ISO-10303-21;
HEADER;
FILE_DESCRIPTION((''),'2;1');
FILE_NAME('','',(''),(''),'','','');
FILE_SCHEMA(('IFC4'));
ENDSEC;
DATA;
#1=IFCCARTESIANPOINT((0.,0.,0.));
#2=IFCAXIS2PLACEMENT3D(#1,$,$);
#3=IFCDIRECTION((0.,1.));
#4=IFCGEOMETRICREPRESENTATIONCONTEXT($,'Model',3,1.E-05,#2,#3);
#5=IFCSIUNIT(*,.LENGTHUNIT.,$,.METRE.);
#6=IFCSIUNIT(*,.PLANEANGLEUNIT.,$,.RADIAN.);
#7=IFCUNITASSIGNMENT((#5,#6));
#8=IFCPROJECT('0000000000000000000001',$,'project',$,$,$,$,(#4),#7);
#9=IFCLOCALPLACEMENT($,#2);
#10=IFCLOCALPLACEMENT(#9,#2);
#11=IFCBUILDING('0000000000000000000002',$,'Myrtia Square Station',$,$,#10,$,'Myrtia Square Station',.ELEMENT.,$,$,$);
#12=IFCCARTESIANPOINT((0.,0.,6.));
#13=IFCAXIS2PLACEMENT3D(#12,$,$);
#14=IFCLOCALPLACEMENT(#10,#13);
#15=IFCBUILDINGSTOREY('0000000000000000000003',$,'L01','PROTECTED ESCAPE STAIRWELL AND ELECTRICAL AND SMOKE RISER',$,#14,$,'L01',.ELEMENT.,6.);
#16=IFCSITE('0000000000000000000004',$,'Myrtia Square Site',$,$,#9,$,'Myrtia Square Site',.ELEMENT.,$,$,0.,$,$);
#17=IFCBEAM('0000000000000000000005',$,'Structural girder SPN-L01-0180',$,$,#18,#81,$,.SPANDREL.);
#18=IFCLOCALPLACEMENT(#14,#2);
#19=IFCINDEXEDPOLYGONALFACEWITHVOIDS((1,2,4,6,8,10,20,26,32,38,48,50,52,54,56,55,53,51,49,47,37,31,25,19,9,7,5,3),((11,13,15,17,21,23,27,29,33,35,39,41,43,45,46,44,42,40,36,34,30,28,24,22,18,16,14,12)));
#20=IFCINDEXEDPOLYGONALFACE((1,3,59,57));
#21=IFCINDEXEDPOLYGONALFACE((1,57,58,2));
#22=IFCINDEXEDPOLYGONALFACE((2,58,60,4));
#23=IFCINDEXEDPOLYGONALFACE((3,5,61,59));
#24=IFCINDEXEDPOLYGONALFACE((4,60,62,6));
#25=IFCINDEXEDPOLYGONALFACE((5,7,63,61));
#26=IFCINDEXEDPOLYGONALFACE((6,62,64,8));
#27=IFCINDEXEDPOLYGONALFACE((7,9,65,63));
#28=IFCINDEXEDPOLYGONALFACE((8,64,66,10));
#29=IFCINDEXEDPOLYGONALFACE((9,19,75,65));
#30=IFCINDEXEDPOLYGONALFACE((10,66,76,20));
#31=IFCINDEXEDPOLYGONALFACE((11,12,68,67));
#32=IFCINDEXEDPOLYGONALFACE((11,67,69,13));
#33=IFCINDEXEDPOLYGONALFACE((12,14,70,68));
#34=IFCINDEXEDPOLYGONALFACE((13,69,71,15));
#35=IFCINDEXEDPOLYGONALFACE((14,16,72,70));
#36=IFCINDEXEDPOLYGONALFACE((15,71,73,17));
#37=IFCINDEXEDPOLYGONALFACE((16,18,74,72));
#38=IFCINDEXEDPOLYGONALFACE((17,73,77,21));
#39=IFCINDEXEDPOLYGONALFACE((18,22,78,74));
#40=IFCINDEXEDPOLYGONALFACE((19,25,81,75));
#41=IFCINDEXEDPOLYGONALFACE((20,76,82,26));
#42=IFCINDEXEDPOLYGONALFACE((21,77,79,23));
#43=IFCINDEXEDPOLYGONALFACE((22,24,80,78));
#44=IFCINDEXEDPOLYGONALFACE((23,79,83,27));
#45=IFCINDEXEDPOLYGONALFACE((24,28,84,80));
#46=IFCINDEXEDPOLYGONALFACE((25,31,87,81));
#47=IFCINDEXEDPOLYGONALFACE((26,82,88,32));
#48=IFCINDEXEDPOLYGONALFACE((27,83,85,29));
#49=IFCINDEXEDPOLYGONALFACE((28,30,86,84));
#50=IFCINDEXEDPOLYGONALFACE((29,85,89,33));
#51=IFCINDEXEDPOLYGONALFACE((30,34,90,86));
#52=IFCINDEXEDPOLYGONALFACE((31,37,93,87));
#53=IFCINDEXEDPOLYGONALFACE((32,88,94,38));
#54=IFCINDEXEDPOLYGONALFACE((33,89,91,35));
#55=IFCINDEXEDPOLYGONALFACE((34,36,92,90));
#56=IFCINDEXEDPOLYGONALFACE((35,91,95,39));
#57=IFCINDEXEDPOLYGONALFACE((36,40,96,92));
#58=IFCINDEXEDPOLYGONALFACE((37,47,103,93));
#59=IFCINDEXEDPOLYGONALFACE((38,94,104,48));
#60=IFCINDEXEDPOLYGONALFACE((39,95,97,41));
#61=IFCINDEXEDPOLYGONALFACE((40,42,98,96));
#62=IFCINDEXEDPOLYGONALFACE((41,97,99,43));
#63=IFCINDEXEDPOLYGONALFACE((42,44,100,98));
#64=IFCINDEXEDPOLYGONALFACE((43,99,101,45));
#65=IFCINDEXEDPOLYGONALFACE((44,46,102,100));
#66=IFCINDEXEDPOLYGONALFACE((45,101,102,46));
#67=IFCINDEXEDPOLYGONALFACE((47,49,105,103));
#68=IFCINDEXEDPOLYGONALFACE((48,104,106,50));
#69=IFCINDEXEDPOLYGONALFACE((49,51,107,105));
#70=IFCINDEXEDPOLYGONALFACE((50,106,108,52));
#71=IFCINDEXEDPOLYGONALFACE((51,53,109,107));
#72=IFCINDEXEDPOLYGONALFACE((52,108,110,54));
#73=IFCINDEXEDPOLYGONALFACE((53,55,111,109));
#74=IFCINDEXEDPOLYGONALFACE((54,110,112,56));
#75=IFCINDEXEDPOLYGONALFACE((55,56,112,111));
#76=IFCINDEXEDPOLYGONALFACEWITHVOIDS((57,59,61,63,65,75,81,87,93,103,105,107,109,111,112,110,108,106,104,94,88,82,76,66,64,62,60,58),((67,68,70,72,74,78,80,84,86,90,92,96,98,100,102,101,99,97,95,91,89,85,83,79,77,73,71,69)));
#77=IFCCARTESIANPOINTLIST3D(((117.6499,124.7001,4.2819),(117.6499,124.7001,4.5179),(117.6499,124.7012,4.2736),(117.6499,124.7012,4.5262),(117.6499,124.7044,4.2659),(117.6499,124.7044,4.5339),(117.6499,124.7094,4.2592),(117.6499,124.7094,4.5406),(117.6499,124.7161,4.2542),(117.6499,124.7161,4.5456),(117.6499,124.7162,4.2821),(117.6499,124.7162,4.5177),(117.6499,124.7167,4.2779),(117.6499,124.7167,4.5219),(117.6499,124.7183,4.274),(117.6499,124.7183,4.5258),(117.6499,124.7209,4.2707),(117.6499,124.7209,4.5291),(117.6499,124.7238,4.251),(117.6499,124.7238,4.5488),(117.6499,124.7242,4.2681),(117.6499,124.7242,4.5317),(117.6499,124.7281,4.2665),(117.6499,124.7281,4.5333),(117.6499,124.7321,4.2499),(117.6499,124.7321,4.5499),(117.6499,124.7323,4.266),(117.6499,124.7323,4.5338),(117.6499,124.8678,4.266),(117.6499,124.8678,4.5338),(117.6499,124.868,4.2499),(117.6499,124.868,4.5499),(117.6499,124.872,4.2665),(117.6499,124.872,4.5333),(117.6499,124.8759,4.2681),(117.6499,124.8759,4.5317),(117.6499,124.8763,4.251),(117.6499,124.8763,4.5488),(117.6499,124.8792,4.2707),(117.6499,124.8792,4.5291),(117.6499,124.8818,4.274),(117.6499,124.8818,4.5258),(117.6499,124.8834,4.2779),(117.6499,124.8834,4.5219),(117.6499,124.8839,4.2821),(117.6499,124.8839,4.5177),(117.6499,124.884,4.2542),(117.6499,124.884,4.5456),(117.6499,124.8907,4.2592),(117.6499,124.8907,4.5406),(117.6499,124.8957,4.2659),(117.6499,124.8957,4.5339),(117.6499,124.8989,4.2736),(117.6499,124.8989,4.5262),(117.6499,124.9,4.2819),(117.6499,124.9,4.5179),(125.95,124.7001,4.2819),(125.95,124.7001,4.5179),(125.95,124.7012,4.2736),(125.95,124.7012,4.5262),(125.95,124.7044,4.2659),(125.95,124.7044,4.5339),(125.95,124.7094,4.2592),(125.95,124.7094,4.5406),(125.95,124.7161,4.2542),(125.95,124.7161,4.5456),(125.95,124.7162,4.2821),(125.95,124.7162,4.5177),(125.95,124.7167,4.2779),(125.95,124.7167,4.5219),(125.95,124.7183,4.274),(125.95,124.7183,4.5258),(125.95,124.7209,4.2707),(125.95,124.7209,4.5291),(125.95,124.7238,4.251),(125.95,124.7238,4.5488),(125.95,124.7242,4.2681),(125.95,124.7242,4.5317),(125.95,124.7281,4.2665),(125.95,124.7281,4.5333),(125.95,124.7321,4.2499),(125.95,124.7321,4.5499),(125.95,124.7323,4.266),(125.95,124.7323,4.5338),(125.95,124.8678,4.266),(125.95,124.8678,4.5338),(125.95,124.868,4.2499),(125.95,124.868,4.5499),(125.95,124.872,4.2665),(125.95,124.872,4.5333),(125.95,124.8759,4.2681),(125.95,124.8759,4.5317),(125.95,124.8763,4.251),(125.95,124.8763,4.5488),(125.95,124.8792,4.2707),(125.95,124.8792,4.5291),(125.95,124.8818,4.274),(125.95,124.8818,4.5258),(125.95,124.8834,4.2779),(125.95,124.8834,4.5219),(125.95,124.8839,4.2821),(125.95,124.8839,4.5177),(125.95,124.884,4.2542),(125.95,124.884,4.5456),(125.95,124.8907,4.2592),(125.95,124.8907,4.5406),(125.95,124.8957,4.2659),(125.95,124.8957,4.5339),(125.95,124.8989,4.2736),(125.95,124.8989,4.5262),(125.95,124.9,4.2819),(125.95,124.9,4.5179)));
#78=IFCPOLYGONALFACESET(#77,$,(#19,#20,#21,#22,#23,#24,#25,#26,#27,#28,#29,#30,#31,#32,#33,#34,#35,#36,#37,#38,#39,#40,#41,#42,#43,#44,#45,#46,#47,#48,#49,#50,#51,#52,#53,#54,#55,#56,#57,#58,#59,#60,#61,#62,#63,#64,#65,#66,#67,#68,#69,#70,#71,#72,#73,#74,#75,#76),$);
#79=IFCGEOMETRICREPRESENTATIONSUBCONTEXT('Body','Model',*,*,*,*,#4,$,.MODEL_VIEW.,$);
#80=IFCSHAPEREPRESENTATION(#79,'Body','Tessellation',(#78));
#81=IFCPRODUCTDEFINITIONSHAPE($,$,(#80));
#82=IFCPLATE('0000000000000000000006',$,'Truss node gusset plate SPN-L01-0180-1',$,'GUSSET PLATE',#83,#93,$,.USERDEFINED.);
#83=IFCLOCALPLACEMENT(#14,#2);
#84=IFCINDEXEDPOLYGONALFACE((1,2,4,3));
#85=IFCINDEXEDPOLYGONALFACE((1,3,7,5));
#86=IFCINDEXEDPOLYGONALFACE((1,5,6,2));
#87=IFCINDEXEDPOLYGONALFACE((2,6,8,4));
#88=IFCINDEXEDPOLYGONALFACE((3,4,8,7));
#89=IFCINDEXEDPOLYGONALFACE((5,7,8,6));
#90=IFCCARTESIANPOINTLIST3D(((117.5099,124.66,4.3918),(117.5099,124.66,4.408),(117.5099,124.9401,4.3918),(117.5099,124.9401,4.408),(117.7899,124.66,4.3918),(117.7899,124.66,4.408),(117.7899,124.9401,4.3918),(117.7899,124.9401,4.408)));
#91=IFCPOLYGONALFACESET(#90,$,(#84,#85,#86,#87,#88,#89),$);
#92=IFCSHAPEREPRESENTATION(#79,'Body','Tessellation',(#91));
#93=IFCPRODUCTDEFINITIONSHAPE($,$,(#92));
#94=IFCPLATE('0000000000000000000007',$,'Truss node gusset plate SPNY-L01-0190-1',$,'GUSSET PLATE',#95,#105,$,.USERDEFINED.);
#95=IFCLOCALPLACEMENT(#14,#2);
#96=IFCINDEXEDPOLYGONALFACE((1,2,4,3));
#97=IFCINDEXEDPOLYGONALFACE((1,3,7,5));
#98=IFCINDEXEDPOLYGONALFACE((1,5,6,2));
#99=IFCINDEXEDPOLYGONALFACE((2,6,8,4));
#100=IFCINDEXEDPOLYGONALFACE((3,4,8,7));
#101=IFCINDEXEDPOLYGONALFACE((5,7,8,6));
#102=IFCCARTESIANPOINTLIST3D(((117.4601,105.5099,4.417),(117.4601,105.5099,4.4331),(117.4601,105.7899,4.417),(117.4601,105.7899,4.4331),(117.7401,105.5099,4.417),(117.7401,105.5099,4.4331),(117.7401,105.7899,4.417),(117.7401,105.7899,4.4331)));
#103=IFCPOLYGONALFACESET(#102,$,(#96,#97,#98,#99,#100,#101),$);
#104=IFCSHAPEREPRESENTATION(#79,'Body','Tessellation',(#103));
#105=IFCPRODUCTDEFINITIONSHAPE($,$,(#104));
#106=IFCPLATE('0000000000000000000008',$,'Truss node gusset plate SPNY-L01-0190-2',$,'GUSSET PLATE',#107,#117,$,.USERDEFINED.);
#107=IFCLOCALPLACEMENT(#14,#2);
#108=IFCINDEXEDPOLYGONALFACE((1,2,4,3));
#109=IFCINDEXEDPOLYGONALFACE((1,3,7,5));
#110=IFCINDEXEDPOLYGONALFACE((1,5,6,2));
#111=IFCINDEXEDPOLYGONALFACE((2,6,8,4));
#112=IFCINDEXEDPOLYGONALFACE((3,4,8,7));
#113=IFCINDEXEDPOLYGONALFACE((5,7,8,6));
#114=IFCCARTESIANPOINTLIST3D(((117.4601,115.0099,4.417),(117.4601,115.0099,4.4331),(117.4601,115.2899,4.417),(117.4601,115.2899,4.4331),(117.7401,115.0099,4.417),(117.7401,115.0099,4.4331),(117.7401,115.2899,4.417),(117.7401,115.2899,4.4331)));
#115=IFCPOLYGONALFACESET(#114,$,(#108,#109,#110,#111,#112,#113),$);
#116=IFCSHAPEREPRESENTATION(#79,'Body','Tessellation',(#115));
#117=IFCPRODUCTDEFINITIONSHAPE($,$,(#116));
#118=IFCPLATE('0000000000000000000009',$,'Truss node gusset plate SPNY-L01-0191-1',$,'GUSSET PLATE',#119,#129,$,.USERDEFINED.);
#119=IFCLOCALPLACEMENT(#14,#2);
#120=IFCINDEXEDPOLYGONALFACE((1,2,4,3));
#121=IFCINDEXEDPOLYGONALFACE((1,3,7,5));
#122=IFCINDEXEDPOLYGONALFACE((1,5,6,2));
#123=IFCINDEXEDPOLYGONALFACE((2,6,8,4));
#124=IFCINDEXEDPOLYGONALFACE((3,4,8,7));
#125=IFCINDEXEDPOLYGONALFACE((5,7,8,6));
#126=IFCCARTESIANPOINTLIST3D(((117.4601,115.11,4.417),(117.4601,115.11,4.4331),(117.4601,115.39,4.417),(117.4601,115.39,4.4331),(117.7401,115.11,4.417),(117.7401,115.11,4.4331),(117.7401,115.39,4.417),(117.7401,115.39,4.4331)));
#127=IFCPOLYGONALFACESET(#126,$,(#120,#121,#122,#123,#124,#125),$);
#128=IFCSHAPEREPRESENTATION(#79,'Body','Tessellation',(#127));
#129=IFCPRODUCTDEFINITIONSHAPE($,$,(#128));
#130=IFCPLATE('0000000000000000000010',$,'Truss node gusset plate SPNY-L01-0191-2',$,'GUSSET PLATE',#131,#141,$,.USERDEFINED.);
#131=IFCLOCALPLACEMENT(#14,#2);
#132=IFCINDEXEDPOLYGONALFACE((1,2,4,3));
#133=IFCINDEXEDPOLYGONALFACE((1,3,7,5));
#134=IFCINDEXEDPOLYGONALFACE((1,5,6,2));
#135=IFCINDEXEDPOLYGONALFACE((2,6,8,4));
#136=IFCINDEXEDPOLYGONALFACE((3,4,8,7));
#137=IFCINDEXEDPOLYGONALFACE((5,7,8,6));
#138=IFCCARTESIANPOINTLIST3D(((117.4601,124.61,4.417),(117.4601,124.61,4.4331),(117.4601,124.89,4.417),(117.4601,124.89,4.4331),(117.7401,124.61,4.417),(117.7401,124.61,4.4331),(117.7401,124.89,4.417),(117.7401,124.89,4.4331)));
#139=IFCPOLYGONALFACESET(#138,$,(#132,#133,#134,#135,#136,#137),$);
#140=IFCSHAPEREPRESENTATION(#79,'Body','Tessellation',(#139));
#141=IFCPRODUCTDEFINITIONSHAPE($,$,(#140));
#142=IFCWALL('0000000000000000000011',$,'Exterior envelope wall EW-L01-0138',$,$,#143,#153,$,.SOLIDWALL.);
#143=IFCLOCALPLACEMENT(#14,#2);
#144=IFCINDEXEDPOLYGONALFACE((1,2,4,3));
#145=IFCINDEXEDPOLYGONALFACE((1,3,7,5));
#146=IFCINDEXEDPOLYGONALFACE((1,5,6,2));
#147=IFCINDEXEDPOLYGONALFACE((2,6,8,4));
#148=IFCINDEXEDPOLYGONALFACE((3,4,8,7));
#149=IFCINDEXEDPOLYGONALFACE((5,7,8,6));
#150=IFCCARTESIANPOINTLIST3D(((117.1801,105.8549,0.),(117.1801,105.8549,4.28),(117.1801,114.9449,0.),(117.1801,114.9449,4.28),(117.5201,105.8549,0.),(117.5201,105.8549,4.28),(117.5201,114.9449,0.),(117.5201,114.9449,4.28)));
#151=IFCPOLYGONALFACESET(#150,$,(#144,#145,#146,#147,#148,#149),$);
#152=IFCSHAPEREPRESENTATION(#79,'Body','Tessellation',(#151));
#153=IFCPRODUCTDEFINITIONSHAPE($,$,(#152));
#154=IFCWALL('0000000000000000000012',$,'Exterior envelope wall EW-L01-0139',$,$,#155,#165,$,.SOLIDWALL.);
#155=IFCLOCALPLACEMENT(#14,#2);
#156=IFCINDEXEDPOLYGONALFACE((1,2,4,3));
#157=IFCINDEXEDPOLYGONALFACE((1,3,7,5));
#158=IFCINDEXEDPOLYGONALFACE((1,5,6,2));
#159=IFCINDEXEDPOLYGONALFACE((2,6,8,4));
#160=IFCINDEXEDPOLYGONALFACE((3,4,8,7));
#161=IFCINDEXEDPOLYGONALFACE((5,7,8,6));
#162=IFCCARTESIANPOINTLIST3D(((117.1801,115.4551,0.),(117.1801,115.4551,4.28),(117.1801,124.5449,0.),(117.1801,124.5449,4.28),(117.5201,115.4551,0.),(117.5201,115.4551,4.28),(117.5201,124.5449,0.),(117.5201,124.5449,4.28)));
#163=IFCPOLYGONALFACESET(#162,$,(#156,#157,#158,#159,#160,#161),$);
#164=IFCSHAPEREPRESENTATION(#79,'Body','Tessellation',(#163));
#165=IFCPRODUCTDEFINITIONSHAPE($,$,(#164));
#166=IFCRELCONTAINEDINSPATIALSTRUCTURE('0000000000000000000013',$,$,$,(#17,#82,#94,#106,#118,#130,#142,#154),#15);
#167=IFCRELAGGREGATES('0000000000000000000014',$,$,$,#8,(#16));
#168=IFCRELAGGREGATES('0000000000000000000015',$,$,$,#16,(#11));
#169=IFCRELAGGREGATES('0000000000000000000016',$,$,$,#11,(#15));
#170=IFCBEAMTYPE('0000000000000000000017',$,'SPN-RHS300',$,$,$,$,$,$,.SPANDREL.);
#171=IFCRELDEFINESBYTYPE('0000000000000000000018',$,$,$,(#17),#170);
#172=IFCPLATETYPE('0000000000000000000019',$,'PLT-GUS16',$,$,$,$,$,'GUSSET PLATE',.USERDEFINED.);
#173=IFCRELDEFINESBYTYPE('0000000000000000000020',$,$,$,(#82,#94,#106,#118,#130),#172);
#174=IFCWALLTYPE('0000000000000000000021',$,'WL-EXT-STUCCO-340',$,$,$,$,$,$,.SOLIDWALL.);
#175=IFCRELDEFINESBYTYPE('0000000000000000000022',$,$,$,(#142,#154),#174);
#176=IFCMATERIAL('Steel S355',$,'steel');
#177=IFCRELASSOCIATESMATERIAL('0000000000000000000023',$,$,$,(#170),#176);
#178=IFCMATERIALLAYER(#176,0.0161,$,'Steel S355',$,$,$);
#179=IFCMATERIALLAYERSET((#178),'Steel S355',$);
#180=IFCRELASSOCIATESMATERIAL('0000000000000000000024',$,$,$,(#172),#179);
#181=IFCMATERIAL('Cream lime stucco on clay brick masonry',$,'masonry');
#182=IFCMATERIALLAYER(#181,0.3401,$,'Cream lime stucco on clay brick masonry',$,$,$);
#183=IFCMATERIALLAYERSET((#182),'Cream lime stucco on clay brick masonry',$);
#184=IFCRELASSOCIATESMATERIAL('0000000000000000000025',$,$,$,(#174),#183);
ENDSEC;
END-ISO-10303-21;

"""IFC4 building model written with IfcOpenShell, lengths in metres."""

from ifc_helpers import new_model, si_unit, direction, frame, frame_2d, origin, origin_2d, place, context, subcontext, project, spatial, rectangle, hollow_rectangle, extrude, material, layer, layer_set, material_profile, profile_set, type_object, element, save


model = new_model("IFC4")

# Units and contexts
model_context = context("Model", 3, precision=1e-05, world=origin(), true_north=direction((0.0, 1.0)))
body_context = subcontext(model_context, "Body", "Model", "MODEL_VIEW")
ifc_project = project(units=[si_unit("LENGTHUNIT", "METRE"), si_unit("PLANEANGLEUNIT", "RADIAN")], contexts=[model_context])

# Site, building, storey
site_placement = place(None, origin())
site = spatial("IfcSite", under=ifc_project, at=site_placement, Name="Myrtia Square Site", LongName="Myrtia Square Site", CompositionType="ELEMENT", RefElevation=0.0)
building_placement = place(site_placement, origin())
building = spatial("IfcBuilding", under=site, at=building_placement, Name="Myrtia Square Station", LongName="Myrtia Square Station", CompositionType="ELEMENT")
storey_placement = place(building_placement, frame((0.0, 0.0, 6.0)))
storey = spatial("IfcBuildingStorey", under=building, at=storey_placement, Name="L01", Description="PROTECTED ESCAPE STAIRWELL AND ELECTRICAL AND SMOKE RISER", LongName="L01", CompositionType="ELEMENT", Elevation=6.0)

# Shared definitions
ifc_material_1 = material(Name="Steel S355", Category="steel")

# Beam
ifc_material_profile_1 = material_profile(ifc_material_1, hollow_rectangle(XDim=0.2, YDim=0.3, WallThickness=0.0161, InnerFilletRadius=0.0161, OuterFilletRadius=0.032, at=origin_2d()), Name="RHS 300x200x16")
ifc_profile_set_1 = profile_set([ifc_material_profile_1], Name="Steel S355")
beam_type_1 = type_object("IfcBeamType", Name="SPN-RHS300", PredefinedType="SPANDREL", material=ifc_profile_set_1)
beam_1_placement = place(storey_placement, frame((117.6499, 124.8, 4.3999), z_axis=(1.0, 0.0, 0.0), x_axis=(0.0, 1.0, 0.0)))
element("IfcBeam", 1, at=beam_1_placement, inside=storey, type_object=beam_type_1, Name="Structural girder SPN-L01-0180", PredefinedType="SPANDREL", context=body_context, shape_type="SweptSolid", body=[
    extrude(hollow_rectangle(XDim=0.2, YDim=0.3, WallThickness=0.0161, InnerFilletRadius=0.0161, OuterFilletRadius=0.032, at=origin_2d()), origin(), (0.0, 0.0, 1.0), 8.3),
])

# Plates
ifc_layer_1 = layer(ifc_material_1, 0.0161, Name="Steel S355")
ifc_layer_set_1 = layer_set([ifc_layer_1], Name="Steel S355")
plate_type = type_object("IfcPlateType", Name="PLT-GUS16", ElementType="GUSSET PLATE", PredefinedType="USERDEFINED", material=ifc_layer_set_1)
for number, where, z_axis, x_axis, name in (
    (2, (117.6499, 124.8, 4.3918), (0.0, 0.0, 1.0), (1.0, 0.0, 0.0), "Truss node gusset plate SPN-L01-0180-1"),
    (3, (117.6001, 105.6499, 4.417), (0.0, 0.0, 1.0), (0.0, 1.0, 0.0), "Truss node gusset plate SPNY-L01-0190-1"),
    (4, (117.6001, 115.1499, 4.417), (0.0, 0.0, 1.0), (0.0, 1.0, 0.0), "Truss node gusset plate SPNY-L01-0190-2"),
    (5, (117.6001, 115.25, 4.417), (0.0, 0.0, 1.0), (0.0, 1.0, 0.0), "Truss node gusset plate SPNY-L01-0191-1"),
    (6, (117.6001, 124.75, 4.417), (0.0, 0.0, 1.0), (0.0, 1.0, 0.0), "Truss node gusset plate SPNY-L01-0191-2"),
):
    element("IfcPlate", number, at=place(storey_placement, frame(where, z_axis=z_axis, x_axis=x_axis)), inside=storey, type_object=plate_type, Name=name, ObjectType="GUSSET PLATE", PredefinedType="USERDEFINED", context=body_context, shape_type="SweptSolid", body=[
        extrude(rectangle(XDim=0.28, YDim=0.28, at=origin_2d()), origin(), (0.0, 0.0, 1.0), 0.0161),
    ])

# Walls
ifc_material_2 = material(Name="Cream lime stucco on clay brick masonry", Category="masonry")
ifc_layer_2 = layer(ifc_material_2, 0.3401, Name="Cream lime stucco on clay brick masonry")
ifc_layer_set_2 = layer_set([ifc_layer_2], Name="Cream lime stucco on clay brick masonry")
wall_type_1 = type_object("IfcWallType", Name="WL-EXT-STUCCO-340", PredefinedType="SOLIDWALL", material=ifc_layer_set_2)
wall_1_placement = place(storey_placement, frame((117.3501, 105.855, 0.0), z_axis=(0.0, 0.0, 1.0), x_axis=(0.0, 1.0, 0.0)))
element("IfcWall", 7, at=wall_1_placement, inside=storey, type_object=wall_type_1, Name="Exterior envelope wall EW-L01-0138", PredefinedType="SOLIDWALL", context=body_context, shape_type="SweptSolid", body=[
    extrude(rectangle(XDim=9.0901, YDim=0.3401, at=frame_2d((4.5449, 0.0))), origin(), (0.0, 0.0, 1.0), 4.28),
])
wall_2_placement = place(storey_placement, frame((117.3501, 115.4551, 0.0), z_axis=(0.0, 0.0, 1.0), x_axis=(0.0, 1.0, 0.0)))
element("IfcWall", 8, at=wall_2_placement, inside=storey, type_object=wall_type_1, Name="Exterior envelope wall EW-L01-0139", PredefinedType="SOLIDWALL", context=body_context, shape_type="SweptSolid", body=[
    extrude(rectangle(XDim=9.0898, YDim=0.3401, at=frame_2d((4.5449, 0.0))), origin(), (0.0, 0.0, 1.0), 4.28),
])

save(model, "model.ifc")
